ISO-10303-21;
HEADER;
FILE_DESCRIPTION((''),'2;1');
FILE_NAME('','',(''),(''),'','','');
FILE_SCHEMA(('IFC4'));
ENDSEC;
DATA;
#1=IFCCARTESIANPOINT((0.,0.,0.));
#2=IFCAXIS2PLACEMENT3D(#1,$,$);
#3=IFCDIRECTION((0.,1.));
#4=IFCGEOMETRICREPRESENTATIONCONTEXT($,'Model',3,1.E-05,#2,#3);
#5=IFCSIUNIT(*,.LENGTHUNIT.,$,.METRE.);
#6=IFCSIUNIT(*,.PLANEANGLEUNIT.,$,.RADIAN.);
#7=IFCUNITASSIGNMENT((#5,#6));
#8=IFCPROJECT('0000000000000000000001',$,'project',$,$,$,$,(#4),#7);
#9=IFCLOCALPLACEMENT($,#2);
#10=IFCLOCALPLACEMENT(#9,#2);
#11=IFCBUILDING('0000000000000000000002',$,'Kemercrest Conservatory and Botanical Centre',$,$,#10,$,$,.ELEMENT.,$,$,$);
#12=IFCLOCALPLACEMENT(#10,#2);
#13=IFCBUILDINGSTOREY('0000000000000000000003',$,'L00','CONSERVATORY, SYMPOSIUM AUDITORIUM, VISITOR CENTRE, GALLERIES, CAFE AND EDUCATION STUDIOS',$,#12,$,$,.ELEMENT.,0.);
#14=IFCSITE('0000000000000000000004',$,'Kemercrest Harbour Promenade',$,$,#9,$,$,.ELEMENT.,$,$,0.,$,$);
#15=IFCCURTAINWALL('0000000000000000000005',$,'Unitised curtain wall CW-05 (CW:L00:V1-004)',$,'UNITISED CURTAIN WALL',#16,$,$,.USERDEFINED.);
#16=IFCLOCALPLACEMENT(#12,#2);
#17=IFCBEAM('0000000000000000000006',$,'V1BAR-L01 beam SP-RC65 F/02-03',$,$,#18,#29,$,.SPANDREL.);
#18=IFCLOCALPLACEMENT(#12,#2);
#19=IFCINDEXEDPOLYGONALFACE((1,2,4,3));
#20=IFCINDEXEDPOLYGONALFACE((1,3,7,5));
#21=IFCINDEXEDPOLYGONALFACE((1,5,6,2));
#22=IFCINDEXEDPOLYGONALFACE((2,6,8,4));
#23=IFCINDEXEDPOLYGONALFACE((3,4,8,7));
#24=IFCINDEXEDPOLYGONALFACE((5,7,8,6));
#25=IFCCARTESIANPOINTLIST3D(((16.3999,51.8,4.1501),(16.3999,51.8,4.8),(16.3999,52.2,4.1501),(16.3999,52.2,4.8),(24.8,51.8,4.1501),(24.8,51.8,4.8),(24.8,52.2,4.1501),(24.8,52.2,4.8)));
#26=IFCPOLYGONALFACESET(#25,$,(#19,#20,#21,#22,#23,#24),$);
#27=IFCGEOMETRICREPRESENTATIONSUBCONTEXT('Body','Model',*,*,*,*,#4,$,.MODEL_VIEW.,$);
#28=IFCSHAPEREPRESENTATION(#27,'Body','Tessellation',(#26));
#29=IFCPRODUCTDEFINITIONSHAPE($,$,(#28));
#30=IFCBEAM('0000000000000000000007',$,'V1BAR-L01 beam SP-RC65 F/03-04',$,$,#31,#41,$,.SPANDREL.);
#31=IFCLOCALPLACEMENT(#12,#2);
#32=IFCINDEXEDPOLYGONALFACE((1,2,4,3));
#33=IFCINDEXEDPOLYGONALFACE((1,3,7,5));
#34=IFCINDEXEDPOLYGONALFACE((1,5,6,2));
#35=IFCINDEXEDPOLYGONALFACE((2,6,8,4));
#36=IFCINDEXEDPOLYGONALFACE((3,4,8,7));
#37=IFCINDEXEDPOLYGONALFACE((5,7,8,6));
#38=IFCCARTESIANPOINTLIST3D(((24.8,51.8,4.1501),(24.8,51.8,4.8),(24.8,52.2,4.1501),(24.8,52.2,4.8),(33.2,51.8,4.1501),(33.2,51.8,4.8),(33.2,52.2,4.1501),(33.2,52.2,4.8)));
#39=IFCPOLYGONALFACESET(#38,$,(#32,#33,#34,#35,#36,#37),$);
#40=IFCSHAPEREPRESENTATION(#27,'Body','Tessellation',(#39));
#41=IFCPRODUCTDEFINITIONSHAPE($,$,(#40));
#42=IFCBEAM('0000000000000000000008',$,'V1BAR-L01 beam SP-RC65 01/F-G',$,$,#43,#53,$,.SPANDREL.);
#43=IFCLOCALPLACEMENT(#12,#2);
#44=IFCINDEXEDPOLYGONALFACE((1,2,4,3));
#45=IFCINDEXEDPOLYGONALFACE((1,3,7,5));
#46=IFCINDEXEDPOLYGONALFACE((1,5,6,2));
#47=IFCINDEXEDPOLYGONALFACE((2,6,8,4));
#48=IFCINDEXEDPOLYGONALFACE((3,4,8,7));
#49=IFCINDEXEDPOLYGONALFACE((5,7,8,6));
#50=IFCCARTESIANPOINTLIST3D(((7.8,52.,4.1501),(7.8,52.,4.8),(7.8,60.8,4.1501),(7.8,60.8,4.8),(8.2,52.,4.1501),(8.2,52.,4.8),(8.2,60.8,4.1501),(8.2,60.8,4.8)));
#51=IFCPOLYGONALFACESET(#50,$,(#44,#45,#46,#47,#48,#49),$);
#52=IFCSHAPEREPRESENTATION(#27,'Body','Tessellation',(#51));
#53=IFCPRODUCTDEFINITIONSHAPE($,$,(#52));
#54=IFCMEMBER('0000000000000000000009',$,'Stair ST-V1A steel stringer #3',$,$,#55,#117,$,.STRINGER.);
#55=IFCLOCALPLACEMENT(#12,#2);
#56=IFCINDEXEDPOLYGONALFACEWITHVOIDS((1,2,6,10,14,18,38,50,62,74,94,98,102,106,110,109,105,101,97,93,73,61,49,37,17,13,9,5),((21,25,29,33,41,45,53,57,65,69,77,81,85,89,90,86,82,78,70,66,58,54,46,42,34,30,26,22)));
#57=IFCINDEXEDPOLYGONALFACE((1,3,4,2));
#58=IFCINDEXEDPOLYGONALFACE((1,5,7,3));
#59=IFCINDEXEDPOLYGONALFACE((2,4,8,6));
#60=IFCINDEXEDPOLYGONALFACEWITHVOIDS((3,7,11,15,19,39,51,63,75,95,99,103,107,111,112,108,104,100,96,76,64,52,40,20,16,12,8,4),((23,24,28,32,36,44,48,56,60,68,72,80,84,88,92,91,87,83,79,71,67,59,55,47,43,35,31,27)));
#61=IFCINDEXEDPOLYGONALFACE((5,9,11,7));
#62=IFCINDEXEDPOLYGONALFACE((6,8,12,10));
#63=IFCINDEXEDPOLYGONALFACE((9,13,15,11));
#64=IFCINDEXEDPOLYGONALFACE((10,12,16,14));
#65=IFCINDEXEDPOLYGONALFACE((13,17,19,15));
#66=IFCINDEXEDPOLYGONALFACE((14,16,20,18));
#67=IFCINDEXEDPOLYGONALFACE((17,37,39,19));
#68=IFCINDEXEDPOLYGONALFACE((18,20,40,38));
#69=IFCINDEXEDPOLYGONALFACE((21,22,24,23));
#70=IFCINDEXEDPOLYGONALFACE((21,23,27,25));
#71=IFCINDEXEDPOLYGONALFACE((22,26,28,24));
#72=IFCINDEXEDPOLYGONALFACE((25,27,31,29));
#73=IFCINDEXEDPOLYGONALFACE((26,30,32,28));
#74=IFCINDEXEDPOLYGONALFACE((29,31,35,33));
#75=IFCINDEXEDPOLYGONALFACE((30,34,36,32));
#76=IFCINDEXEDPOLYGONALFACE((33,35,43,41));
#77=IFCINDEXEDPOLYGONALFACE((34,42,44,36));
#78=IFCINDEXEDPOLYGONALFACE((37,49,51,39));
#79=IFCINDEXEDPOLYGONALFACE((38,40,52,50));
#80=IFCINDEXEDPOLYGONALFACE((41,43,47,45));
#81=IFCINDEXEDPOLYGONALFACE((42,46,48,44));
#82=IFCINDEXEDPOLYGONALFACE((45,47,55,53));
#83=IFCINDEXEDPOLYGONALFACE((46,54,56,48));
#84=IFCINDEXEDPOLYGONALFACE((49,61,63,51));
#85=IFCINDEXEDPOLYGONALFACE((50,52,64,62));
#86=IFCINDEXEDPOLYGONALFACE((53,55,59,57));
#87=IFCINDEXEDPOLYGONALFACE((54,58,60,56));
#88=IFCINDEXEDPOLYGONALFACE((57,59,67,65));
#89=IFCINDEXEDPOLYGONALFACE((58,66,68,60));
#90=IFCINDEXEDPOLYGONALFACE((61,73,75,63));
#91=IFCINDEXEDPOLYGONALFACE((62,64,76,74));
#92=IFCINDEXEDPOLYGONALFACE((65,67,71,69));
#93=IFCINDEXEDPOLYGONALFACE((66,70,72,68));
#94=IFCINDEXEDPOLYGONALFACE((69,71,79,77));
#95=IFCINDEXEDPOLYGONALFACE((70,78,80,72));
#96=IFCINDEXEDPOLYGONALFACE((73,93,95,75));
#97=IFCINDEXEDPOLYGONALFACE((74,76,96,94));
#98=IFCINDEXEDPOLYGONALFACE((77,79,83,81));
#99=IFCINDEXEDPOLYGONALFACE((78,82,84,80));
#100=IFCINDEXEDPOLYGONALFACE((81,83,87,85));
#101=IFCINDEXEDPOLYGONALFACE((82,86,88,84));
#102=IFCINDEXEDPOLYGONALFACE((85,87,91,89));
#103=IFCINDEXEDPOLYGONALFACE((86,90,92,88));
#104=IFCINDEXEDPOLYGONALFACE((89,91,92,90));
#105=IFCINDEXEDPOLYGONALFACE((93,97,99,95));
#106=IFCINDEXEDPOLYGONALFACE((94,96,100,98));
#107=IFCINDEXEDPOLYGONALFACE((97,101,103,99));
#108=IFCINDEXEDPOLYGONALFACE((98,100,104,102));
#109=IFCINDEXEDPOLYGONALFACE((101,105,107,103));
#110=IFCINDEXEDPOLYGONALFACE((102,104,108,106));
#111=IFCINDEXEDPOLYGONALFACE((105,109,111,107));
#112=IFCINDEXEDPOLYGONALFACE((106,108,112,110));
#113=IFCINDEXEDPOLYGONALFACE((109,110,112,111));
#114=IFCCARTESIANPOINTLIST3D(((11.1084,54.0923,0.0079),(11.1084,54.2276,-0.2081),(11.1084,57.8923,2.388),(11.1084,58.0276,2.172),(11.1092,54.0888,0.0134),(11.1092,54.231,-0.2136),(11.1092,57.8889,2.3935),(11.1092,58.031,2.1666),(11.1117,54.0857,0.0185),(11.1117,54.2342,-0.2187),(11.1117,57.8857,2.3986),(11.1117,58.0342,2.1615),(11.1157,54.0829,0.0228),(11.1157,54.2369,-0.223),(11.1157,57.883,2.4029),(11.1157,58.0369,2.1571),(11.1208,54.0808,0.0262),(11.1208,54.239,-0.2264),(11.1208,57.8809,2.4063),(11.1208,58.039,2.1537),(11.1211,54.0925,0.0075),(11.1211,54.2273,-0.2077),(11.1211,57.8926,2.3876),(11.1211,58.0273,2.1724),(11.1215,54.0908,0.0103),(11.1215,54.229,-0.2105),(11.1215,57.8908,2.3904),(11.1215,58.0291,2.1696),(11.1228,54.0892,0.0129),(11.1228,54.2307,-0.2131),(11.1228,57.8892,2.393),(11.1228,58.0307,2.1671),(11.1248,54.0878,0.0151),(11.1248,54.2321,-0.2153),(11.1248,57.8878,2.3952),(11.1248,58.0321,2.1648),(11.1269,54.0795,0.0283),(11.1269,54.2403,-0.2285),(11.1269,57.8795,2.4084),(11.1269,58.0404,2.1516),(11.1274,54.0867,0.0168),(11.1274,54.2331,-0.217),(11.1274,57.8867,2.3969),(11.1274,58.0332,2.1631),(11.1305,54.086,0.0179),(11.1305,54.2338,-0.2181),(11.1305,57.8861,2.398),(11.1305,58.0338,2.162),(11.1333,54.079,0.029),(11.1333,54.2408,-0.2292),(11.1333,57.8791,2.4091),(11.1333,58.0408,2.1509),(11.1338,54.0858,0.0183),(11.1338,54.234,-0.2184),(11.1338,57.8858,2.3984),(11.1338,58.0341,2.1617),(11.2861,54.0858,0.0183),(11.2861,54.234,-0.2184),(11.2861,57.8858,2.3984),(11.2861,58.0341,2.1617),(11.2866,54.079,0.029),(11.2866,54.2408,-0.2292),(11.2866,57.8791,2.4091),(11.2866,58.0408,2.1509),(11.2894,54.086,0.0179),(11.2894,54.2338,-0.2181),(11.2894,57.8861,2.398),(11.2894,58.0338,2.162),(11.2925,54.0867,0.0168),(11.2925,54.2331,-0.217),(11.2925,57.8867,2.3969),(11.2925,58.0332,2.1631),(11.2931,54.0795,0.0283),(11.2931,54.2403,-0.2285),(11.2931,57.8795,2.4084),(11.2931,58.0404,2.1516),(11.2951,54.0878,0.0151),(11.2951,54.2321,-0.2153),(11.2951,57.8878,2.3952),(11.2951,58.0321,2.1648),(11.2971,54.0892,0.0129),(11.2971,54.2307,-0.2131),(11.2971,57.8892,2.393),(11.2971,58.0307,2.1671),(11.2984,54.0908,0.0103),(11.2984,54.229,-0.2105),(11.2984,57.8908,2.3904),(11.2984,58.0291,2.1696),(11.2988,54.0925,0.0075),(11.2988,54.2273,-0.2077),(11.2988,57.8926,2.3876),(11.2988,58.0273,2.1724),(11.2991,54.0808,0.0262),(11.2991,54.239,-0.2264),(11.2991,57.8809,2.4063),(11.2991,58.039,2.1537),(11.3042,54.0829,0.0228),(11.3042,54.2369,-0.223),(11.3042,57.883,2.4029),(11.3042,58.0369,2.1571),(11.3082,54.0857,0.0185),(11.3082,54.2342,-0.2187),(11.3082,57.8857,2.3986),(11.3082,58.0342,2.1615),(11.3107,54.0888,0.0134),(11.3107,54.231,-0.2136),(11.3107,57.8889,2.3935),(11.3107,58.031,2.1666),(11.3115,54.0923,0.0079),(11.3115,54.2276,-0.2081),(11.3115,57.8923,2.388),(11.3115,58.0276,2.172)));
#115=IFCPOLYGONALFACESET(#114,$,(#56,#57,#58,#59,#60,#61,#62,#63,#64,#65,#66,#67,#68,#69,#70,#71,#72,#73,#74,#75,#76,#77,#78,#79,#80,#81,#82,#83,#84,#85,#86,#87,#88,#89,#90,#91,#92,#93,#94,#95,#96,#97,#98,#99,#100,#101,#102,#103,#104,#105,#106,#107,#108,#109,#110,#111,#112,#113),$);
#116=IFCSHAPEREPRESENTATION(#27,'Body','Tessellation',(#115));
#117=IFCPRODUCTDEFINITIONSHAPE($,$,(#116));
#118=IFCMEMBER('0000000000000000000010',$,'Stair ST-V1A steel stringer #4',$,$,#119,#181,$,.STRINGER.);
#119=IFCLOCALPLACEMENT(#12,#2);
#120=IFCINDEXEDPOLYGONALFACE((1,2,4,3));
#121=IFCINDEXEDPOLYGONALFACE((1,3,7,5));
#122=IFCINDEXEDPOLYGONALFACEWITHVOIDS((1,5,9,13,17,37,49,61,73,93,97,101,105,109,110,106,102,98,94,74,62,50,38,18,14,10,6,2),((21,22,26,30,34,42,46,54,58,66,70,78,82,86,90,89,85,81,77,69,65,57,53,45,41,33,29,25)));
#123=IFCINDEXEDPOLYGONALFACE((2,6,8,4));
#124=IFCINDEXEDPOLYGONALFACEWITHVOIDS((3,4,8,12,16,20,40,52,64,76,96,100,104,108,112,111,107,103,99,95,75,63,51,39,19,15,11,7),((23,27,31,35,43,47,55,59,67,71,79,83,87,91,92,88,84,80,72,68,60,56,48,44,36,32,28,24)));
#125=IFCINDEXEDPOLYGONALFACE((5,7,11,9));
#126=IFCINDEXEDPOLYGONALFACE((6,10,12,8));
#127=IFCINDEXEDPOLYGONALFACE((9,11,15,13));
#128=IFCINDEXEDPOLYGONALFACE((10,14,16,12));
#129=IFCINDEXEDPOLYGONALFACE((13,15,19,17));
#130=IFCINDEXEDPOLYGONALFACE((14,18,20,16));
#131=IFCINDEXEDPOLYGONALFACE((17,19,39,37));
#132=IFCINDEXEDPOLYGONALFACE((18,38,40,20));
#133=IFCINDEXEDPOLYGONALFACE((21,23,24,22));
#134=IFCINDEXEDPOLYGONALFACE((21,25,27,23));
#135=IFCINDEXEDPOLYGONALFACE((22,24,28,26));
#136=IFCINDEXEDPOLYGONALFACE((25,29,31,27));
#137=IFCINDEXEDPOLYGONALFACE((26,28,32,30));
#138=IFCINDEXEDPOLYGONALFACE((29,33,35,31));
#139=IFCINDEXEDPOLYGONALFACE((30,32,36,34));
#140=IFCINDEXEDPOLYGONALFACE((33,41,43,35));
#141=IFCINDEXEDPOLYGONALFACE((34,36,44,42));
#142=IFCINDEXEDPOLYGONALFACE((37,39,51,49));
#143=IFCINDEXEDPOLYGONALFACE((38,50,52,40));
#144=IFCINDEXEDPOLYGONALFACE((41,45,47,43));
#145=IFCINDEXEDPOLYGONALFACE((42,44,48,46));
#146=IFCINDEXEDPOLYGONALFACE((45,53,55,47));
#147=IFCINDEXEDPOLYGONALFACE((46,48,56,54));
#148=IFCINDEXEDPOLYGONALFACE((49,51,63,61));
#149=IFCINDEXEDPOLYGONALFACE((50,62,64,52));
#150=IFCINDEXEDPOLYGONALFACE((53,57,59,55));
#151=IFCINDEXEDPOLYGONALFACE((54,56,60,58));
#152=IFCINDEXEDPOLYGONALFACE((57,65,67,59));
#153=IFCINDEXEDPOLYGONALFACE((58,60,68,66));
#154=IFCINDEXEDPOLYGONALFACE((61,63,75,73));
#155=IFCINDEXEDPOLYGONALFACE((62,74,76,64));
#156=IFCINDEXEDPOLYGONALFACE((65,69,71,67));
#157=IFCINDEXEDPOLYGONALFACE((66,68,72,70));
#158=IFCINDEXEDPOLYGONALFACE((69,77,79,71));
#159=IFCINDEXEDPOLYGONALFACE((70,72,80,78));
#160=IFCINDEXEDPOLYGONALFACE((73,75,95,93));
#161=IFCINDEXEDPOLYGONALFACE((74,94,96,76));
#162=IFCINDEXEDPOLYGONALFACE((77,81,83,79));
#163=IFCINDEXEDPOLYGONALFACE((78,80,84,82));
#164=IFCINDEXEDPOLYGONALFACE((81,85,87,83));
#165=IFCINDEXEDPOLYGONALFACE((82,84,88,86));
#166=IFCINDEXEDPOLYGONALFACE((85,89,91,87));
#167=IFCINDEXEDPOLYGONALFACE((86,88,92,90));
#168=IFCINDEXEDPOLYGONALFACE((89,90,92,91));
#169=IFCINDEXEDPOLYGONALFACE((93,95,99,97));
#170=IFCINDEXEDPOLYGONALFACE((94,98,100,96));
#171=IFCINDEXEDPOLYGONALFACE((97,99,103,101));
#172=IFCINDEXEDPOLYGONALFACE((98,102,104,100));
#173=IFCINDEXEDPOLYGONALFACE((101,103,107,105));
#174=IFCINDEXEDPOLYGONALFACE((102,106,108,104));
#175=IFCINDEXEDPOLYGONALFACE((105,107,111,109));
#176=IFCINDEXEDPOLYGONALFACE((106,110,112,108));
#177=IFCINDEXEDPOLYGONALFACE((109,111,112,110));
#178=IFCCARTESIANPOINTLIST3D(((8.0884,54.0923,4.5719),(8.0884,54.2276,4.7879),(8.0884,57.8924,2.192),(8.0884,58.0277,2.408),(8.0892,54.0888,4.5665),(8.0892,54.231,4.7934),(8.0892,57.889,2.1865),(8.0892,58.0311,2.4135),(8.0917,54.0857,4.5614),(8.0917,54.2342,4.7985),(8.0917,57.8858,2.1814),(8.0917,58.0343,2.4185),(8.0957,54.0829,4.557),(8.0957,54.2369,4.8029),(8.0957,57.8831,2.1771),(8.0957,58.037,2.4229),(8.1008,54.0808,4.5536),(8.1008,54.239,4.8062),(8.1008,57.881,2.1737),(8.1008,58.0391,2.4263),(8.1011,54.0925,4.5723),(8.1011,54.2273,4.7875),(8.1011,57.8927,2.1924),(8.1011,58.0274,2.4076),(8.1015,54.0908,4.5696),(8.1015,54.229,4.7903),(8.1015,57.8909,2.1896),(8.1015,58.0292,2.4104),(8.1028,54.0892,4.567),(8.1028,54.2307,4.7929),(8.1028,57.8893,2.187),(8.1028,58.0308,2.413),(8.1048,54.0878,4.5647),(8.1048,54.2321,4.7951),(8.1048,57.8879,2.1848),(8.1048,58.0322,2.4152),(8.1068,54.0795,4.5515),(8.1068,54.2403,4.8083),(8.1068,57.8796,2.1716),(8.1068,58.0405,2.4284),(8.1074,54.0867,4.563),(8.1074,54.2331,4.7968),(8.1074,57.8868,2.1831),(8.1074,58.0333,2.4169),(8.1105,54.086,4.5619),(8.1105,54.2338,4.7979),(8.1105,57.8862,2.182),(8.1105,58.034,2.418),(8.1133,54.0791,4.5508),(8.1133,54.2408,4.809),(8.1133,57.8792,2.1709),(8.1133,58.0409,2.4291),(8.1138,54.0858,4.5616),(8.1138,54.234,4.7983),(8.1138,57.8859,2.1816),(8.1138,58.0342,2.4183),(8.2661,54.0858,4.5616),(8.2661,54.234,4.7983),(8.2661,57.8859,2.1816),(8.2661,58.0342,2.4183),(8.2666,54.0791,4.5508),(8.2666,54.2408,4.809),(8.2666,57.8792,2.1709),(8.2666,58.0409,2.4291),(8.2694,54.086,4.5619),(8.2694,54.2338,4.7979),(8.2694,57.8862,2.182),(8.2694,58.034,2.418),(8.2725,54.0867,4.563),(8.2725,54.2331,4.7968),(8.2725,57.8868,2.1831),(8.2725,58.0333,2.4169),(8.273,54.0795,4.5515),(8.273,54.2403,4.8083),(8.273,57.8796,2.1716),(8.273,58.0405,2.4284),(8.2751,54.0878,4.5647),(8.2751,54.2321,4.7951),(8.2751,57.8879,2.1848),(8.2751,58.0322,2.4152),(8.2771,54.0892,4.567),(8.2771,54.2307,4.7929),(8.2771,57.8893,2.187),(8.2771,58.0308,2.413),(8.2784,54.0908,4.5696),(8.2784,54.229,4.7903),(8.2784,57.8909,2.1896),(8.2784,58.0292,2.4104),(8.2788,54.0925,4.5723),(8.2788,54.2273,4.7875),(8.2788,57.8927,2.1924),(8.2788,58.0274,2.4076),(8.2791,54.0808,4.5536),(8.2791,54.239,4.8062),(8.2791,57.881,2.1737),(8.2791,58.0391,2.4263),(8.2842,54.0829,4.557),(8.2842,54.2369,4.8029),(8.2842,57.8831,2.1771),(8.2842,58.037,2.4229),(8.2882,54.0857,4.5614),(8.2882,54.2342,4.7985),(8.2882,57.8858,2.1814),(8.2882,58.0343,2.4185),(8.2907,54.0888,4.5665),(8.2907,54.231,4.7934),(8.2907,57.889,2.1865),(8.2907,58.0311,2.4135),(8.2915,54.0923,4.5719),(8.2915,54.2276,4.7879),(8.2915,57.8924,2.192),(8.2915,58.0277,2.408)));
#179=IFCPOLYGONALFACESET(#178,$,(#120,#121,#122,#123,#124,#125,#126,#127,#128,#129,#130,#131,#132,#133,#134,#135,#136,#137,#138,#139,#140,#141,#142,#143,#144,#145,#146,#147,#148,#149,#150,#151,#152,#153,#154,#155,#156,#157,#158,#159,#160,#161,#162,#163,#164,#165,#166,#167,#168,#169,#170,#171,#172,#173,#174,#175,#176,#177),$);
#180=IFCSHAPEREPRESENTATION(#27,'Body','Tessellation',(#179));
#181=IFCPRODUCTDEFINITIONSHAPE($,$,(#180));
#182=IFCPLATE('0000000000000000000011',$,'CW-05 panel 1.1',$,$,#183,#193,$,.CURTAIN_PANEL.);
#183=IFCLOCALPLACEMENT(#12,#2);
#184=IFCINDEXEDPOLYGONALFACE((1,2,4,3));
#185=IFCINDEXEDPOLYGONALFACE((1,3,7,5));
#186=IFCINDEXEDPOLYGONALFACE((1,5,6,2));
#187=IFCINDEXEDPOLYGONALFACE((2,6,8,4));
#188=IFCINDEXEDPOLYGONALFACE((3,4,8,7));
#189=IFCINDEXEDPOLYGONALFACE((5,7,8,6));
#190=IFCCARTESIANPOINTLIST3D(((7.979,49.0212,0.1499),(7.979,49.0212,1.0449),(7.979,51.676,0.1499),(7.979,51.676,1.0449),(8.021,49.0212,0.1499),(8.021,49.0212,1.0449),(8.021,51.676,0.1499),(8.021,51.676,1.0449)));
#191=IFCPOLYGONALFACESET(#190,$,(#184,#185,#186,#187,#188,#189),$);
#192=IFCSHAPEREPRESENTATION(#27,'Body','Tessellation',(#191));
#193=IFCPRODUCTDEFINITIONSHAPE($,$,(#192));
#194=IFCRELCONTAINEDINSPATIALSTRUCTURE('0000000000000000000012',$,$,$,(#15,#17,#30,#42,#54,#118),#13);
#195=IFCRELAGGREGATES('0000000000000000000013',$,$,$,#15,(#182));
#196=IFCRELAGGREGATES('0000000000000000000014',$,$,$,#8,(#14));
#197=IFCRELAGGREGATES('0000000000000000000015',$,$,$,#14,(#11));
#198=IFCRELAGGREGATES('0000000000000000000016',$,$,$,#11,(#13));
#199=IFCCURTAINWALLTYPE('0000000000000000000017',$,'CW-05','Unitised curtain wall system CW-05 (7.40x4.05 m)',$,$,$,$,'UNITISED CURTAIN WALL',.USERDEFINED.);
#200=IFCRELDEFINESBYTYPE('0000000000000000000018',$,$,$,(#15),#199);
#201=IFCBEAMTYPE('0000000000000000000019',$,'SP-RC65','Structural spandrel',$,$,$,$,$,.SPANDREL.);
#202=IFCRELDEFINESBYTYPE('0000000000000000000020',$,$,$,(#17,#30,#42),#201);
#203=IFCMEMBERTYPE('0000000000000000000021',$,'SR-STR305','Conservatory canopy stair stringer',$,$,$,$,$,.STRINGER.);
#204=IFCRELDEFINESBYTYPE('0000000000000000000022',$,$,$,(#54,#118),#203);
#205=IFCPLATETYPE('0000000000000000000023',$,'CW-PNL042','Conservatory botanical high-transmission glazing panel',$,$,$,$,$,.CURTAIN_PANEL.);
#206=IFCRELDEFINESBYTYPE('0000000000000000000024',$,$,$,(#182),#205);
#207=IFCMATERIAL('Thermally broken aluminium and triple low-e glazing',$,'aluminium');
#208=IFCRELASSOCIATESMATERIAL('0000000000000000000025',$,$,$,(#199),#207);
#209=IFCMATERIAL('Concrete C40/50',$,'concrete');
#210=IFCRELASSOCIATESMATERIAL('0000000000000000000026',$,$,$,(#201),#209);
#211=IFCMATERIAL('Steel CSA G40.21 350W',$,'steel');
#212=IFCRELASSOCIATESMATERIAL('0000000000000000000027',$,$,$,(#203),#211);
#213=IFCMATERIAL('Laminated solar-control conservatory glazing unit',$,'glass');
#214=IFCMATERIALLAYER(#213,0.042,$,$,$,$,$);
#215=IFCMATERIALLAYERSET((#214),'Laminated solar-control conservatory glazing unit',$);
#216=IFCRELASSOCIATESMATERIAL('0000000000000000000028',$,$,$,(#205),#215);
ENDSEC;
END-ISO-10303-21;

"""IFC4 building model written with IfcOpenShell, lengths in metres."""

from ifc_helpers import new_model, si_unit, direction, frame, origin, origin_2d, place, context, subcontext, project, spatial, rectangle, hollow_rectangle, extrude, material, layer, layer_set, material_profile, profile_set, type_object, element, aggregate, save


model = new_model("IFC4")

# Units and contexts
model_context = context("Model", 3, precision=1e-05, world=origin(), true_north=direction((0.0, 1.0)))
body_context = subcontext(model_context, "Body", "Model", "MODEL_VIEW")
ifc_project = project(units=[si_unit("LENGTHUNIT", "METRE"), si_unit("PLANEANGLEUNIT", "RADIAN")], contexts=[model_context])

# Site, building, storey
site_placement = place(None, origin())
site = spatial("IfcSite", under=ifc_project, at=site_placement, Name="Kemercrest Harbour Promenade", CompositionType="ELEMENT", RefElevation=0.0)
building_placement = place(site_placement, origin())
building = spatial("IfcBuilding", under=site, at=building_placement, Name="Kemercrest Conservatory and Botanical Centre", CompositionType="ELEMENT")
storey_placement = place(building_placement, origin())
storey = spatial("IfcBuildingStorey", under=building, at=storey_placement, Name="L00", Description="CONSERVATORY, SYMPOSIUM AUDITORIUM, VISITOR CENTRE, GALLERIES, CAFE AND EDUCATION STUDIOS", CompositionType="ELEMENT", Elevation=0.0)

# Shared definitions
ifc_material_1 = material(Name="Steel CSA G40.21 350W", Category="steel")

# Shared definitions
ifc_material_2 = material(Name="Concrete C40/50", Category="concrete")

# Curtain wall
ifc_material_3 = material(Name="Thermally broken aluminium and triple low-e glazing", Category="aluminium")
curtain_wall_type = type_object("IfcCurtainWallType", Name="CW-05", Description="Unitised curtain wall system CW-05 (7.40x4.05 m)", ElementType="UNITISED CURTAIN WALL", PredefinedType="USERDEFINED", material=ifc_material_3)
curtain_wall_placement = place(storey_placement, origin())
curtain_wall = element("IfcCurtainWall", 1, at=curtain_wall_placement, inside=storey, type_object=curtain_wall_type, Name="Unitised curtain wall CW-05 (CW:L00:V1-004)", ObjectType="UNITISED CURTAIN WALL", PredefinedType="USERDEFINED")

# Beams
ifc_material_profile_1 = material_profile(ifc_material_2, rectangle(XDim=0.3999, YDim=0.6499, at=origin_2d()), Name="RC 400x650")
ifc_profile_set_1 = profile_set([ifc_material_profile_1], Name="Concrete C40/50")
beam_type_1 = type_object("IfcBeamType", Name="SP-RC65", Description="Structural spandrel", PredefinedType="SPANDREL", material=ifc_profile_set_1)
beam_1_placement = place(storey_placement, frame((16.3999, 52.0, 4.4751), z_axis=(1.0, 0.0, 0.0), x_axis=(0.0, 1.0, 0.0)))
element("IfcBeam", 2, at=beam_1_placement, inside=storey, type_object=beam_type_1, Name="V1BAR-L01 beam SP-RC65 F/02-03", PredefinedType="SPANDREL", context=body_context, shape_type="SweptSolid", body=[
    extrude(rectangle(XDim=0.3999, YDim=0.6499, at=origin_2d()), origin(), (0.0, 0.0, 1.0), 8.4001),
])
beam_2_placement = place(storey_placement, frame((24.8, 52.0, 4.4751), z_axis=(1.0, 0.0, 0.0), x_axis=(0.0, 1.0, 0.0)))
element("IfcBeam", 3, at=beam_2_placement, inside=storey, type_object=beam_type_1, Name="V1BAR-L01 beam SP-RC65 F/03-04", PredefinedType="SPANDREL", context=body_context, shape_type="SweptSolid", body=[
    extrude(rectangle(XDim=0.3999, YDim=0.6499, at=origin_2d()), origin(), (0.0, 0.0, 1.0), 8.3999),
])
beam_3_placement = place(storey_placement, frame((8.0, 52.0, 4.4751), z_axis=(0.0, 1.0, 0.0), x_axis=(-1.0, 0.0, 0.0)))
element("IfcBeam", 4, at=beam_3_placement, inside=storey, type_object=beam_type_1, Name="V1BAR-L01 beam SP-RC65 01/F-G", PredefinedType="SPANDREL", context=body_context, shape_type="SweptSolid", body=[
    extrude(rectangle(XDim=0.3999, YDim=0.6499, at=origin_2d()), origin(), (0.0, 0.0, 1.0), 8.8),
])

# Members
ifc_material_profile_2 = material_profile(ifc_material_1, hollow_rectangle(XDim=0.2031, YDim=0.3047, WallThickness=0.0127, InnerFilletRadius=0.0127, OuterFilletRadius=0.0249, at=origin_2d()), Name="HSS 305x203x12.7")
ifc_profile_set_2 = profile_set([ifc_material_profile_2], Name="Steel CSA G40.21 350W")
member_type_1 = type_object("IfcMemberType", Name="SR-STR305", Description="Conservatory canopy stair stringer", PredefinedType="STRINGER", material=ifc_profile_set_2)
for number, where, z_axis, x_axis, name in (
    (5, (11.21, 54.1599, -0.1001), (0.0, 0.847487, 0.530816), (-1.0, 0.0, 0.0), "Stair ST-V1A steel stringer #3"),
    (6, (8.1899, 54.1599, 4.6799), (0.0, 0.847512, -0.530777), (-1.0, 0.0, 0.0), "Stair ST-V1A steel stringer #4"),
):
    element("IfcMember", number, at=place(storey_placement, frame(where, z_axis=z_axis, x_axis=x_axis)), inside=storey, type_object=member_type_1, Name=name, PredefinedType="STRINGER", context=body_context, shape_type="SweptSolid", body=[
        extrude(hollow_rectangle(XDim=0.2031, YDim=0.3047, WallThickness=0.0127, InnerFilletRadius=0.0127, OuterFilletRadius=0.0249, at=origin_2d()), origin(), (0.0, 0.0, 1.0), 4.4839),
    ])

# Plate
ifc_material_4 = material(Name="Laminated solar-control conservatory glazing unit", Category="glass")
ifc_layer_1 = layer(ifc_material_4, 0.042)
ifc_layer_set_1 = layer_set([ifc_layer_1], Name="Laminated solar-control conservatory glazing unit")
plate_type_1 = type_object("IfcPlateType", Name="CW-PNL042", Description="Conservatory botanical high-transmission glazing panel", PredefinedType="CURTAIN_PANEL", material=ifc_layer_set_1)
plate_1_placement = place(storey_placement, frame((8.0, 50.3486, 0.1499), z_axis=(0.0, 0.0, 1.0), x_axis=(0.0, -1.0, 0.0)))
plate_1 = element("IfcPlate", 7, at=plate_1_placement, type_object=plate_type_1, Name="CW-05 panel 1.1", PredefinedType="CURTAIN_PANEL", context=body_context, shape_type="SweptSolid", body=[
    extrude(rectangle(XDim=2.6548, YDim=0.042, at=origin_2d()), origin(), (0.0, 0.0, 1.0), 0.895),
])
aggregate(curtain_wall, [plate_1])

save(model, "model.ifc")
